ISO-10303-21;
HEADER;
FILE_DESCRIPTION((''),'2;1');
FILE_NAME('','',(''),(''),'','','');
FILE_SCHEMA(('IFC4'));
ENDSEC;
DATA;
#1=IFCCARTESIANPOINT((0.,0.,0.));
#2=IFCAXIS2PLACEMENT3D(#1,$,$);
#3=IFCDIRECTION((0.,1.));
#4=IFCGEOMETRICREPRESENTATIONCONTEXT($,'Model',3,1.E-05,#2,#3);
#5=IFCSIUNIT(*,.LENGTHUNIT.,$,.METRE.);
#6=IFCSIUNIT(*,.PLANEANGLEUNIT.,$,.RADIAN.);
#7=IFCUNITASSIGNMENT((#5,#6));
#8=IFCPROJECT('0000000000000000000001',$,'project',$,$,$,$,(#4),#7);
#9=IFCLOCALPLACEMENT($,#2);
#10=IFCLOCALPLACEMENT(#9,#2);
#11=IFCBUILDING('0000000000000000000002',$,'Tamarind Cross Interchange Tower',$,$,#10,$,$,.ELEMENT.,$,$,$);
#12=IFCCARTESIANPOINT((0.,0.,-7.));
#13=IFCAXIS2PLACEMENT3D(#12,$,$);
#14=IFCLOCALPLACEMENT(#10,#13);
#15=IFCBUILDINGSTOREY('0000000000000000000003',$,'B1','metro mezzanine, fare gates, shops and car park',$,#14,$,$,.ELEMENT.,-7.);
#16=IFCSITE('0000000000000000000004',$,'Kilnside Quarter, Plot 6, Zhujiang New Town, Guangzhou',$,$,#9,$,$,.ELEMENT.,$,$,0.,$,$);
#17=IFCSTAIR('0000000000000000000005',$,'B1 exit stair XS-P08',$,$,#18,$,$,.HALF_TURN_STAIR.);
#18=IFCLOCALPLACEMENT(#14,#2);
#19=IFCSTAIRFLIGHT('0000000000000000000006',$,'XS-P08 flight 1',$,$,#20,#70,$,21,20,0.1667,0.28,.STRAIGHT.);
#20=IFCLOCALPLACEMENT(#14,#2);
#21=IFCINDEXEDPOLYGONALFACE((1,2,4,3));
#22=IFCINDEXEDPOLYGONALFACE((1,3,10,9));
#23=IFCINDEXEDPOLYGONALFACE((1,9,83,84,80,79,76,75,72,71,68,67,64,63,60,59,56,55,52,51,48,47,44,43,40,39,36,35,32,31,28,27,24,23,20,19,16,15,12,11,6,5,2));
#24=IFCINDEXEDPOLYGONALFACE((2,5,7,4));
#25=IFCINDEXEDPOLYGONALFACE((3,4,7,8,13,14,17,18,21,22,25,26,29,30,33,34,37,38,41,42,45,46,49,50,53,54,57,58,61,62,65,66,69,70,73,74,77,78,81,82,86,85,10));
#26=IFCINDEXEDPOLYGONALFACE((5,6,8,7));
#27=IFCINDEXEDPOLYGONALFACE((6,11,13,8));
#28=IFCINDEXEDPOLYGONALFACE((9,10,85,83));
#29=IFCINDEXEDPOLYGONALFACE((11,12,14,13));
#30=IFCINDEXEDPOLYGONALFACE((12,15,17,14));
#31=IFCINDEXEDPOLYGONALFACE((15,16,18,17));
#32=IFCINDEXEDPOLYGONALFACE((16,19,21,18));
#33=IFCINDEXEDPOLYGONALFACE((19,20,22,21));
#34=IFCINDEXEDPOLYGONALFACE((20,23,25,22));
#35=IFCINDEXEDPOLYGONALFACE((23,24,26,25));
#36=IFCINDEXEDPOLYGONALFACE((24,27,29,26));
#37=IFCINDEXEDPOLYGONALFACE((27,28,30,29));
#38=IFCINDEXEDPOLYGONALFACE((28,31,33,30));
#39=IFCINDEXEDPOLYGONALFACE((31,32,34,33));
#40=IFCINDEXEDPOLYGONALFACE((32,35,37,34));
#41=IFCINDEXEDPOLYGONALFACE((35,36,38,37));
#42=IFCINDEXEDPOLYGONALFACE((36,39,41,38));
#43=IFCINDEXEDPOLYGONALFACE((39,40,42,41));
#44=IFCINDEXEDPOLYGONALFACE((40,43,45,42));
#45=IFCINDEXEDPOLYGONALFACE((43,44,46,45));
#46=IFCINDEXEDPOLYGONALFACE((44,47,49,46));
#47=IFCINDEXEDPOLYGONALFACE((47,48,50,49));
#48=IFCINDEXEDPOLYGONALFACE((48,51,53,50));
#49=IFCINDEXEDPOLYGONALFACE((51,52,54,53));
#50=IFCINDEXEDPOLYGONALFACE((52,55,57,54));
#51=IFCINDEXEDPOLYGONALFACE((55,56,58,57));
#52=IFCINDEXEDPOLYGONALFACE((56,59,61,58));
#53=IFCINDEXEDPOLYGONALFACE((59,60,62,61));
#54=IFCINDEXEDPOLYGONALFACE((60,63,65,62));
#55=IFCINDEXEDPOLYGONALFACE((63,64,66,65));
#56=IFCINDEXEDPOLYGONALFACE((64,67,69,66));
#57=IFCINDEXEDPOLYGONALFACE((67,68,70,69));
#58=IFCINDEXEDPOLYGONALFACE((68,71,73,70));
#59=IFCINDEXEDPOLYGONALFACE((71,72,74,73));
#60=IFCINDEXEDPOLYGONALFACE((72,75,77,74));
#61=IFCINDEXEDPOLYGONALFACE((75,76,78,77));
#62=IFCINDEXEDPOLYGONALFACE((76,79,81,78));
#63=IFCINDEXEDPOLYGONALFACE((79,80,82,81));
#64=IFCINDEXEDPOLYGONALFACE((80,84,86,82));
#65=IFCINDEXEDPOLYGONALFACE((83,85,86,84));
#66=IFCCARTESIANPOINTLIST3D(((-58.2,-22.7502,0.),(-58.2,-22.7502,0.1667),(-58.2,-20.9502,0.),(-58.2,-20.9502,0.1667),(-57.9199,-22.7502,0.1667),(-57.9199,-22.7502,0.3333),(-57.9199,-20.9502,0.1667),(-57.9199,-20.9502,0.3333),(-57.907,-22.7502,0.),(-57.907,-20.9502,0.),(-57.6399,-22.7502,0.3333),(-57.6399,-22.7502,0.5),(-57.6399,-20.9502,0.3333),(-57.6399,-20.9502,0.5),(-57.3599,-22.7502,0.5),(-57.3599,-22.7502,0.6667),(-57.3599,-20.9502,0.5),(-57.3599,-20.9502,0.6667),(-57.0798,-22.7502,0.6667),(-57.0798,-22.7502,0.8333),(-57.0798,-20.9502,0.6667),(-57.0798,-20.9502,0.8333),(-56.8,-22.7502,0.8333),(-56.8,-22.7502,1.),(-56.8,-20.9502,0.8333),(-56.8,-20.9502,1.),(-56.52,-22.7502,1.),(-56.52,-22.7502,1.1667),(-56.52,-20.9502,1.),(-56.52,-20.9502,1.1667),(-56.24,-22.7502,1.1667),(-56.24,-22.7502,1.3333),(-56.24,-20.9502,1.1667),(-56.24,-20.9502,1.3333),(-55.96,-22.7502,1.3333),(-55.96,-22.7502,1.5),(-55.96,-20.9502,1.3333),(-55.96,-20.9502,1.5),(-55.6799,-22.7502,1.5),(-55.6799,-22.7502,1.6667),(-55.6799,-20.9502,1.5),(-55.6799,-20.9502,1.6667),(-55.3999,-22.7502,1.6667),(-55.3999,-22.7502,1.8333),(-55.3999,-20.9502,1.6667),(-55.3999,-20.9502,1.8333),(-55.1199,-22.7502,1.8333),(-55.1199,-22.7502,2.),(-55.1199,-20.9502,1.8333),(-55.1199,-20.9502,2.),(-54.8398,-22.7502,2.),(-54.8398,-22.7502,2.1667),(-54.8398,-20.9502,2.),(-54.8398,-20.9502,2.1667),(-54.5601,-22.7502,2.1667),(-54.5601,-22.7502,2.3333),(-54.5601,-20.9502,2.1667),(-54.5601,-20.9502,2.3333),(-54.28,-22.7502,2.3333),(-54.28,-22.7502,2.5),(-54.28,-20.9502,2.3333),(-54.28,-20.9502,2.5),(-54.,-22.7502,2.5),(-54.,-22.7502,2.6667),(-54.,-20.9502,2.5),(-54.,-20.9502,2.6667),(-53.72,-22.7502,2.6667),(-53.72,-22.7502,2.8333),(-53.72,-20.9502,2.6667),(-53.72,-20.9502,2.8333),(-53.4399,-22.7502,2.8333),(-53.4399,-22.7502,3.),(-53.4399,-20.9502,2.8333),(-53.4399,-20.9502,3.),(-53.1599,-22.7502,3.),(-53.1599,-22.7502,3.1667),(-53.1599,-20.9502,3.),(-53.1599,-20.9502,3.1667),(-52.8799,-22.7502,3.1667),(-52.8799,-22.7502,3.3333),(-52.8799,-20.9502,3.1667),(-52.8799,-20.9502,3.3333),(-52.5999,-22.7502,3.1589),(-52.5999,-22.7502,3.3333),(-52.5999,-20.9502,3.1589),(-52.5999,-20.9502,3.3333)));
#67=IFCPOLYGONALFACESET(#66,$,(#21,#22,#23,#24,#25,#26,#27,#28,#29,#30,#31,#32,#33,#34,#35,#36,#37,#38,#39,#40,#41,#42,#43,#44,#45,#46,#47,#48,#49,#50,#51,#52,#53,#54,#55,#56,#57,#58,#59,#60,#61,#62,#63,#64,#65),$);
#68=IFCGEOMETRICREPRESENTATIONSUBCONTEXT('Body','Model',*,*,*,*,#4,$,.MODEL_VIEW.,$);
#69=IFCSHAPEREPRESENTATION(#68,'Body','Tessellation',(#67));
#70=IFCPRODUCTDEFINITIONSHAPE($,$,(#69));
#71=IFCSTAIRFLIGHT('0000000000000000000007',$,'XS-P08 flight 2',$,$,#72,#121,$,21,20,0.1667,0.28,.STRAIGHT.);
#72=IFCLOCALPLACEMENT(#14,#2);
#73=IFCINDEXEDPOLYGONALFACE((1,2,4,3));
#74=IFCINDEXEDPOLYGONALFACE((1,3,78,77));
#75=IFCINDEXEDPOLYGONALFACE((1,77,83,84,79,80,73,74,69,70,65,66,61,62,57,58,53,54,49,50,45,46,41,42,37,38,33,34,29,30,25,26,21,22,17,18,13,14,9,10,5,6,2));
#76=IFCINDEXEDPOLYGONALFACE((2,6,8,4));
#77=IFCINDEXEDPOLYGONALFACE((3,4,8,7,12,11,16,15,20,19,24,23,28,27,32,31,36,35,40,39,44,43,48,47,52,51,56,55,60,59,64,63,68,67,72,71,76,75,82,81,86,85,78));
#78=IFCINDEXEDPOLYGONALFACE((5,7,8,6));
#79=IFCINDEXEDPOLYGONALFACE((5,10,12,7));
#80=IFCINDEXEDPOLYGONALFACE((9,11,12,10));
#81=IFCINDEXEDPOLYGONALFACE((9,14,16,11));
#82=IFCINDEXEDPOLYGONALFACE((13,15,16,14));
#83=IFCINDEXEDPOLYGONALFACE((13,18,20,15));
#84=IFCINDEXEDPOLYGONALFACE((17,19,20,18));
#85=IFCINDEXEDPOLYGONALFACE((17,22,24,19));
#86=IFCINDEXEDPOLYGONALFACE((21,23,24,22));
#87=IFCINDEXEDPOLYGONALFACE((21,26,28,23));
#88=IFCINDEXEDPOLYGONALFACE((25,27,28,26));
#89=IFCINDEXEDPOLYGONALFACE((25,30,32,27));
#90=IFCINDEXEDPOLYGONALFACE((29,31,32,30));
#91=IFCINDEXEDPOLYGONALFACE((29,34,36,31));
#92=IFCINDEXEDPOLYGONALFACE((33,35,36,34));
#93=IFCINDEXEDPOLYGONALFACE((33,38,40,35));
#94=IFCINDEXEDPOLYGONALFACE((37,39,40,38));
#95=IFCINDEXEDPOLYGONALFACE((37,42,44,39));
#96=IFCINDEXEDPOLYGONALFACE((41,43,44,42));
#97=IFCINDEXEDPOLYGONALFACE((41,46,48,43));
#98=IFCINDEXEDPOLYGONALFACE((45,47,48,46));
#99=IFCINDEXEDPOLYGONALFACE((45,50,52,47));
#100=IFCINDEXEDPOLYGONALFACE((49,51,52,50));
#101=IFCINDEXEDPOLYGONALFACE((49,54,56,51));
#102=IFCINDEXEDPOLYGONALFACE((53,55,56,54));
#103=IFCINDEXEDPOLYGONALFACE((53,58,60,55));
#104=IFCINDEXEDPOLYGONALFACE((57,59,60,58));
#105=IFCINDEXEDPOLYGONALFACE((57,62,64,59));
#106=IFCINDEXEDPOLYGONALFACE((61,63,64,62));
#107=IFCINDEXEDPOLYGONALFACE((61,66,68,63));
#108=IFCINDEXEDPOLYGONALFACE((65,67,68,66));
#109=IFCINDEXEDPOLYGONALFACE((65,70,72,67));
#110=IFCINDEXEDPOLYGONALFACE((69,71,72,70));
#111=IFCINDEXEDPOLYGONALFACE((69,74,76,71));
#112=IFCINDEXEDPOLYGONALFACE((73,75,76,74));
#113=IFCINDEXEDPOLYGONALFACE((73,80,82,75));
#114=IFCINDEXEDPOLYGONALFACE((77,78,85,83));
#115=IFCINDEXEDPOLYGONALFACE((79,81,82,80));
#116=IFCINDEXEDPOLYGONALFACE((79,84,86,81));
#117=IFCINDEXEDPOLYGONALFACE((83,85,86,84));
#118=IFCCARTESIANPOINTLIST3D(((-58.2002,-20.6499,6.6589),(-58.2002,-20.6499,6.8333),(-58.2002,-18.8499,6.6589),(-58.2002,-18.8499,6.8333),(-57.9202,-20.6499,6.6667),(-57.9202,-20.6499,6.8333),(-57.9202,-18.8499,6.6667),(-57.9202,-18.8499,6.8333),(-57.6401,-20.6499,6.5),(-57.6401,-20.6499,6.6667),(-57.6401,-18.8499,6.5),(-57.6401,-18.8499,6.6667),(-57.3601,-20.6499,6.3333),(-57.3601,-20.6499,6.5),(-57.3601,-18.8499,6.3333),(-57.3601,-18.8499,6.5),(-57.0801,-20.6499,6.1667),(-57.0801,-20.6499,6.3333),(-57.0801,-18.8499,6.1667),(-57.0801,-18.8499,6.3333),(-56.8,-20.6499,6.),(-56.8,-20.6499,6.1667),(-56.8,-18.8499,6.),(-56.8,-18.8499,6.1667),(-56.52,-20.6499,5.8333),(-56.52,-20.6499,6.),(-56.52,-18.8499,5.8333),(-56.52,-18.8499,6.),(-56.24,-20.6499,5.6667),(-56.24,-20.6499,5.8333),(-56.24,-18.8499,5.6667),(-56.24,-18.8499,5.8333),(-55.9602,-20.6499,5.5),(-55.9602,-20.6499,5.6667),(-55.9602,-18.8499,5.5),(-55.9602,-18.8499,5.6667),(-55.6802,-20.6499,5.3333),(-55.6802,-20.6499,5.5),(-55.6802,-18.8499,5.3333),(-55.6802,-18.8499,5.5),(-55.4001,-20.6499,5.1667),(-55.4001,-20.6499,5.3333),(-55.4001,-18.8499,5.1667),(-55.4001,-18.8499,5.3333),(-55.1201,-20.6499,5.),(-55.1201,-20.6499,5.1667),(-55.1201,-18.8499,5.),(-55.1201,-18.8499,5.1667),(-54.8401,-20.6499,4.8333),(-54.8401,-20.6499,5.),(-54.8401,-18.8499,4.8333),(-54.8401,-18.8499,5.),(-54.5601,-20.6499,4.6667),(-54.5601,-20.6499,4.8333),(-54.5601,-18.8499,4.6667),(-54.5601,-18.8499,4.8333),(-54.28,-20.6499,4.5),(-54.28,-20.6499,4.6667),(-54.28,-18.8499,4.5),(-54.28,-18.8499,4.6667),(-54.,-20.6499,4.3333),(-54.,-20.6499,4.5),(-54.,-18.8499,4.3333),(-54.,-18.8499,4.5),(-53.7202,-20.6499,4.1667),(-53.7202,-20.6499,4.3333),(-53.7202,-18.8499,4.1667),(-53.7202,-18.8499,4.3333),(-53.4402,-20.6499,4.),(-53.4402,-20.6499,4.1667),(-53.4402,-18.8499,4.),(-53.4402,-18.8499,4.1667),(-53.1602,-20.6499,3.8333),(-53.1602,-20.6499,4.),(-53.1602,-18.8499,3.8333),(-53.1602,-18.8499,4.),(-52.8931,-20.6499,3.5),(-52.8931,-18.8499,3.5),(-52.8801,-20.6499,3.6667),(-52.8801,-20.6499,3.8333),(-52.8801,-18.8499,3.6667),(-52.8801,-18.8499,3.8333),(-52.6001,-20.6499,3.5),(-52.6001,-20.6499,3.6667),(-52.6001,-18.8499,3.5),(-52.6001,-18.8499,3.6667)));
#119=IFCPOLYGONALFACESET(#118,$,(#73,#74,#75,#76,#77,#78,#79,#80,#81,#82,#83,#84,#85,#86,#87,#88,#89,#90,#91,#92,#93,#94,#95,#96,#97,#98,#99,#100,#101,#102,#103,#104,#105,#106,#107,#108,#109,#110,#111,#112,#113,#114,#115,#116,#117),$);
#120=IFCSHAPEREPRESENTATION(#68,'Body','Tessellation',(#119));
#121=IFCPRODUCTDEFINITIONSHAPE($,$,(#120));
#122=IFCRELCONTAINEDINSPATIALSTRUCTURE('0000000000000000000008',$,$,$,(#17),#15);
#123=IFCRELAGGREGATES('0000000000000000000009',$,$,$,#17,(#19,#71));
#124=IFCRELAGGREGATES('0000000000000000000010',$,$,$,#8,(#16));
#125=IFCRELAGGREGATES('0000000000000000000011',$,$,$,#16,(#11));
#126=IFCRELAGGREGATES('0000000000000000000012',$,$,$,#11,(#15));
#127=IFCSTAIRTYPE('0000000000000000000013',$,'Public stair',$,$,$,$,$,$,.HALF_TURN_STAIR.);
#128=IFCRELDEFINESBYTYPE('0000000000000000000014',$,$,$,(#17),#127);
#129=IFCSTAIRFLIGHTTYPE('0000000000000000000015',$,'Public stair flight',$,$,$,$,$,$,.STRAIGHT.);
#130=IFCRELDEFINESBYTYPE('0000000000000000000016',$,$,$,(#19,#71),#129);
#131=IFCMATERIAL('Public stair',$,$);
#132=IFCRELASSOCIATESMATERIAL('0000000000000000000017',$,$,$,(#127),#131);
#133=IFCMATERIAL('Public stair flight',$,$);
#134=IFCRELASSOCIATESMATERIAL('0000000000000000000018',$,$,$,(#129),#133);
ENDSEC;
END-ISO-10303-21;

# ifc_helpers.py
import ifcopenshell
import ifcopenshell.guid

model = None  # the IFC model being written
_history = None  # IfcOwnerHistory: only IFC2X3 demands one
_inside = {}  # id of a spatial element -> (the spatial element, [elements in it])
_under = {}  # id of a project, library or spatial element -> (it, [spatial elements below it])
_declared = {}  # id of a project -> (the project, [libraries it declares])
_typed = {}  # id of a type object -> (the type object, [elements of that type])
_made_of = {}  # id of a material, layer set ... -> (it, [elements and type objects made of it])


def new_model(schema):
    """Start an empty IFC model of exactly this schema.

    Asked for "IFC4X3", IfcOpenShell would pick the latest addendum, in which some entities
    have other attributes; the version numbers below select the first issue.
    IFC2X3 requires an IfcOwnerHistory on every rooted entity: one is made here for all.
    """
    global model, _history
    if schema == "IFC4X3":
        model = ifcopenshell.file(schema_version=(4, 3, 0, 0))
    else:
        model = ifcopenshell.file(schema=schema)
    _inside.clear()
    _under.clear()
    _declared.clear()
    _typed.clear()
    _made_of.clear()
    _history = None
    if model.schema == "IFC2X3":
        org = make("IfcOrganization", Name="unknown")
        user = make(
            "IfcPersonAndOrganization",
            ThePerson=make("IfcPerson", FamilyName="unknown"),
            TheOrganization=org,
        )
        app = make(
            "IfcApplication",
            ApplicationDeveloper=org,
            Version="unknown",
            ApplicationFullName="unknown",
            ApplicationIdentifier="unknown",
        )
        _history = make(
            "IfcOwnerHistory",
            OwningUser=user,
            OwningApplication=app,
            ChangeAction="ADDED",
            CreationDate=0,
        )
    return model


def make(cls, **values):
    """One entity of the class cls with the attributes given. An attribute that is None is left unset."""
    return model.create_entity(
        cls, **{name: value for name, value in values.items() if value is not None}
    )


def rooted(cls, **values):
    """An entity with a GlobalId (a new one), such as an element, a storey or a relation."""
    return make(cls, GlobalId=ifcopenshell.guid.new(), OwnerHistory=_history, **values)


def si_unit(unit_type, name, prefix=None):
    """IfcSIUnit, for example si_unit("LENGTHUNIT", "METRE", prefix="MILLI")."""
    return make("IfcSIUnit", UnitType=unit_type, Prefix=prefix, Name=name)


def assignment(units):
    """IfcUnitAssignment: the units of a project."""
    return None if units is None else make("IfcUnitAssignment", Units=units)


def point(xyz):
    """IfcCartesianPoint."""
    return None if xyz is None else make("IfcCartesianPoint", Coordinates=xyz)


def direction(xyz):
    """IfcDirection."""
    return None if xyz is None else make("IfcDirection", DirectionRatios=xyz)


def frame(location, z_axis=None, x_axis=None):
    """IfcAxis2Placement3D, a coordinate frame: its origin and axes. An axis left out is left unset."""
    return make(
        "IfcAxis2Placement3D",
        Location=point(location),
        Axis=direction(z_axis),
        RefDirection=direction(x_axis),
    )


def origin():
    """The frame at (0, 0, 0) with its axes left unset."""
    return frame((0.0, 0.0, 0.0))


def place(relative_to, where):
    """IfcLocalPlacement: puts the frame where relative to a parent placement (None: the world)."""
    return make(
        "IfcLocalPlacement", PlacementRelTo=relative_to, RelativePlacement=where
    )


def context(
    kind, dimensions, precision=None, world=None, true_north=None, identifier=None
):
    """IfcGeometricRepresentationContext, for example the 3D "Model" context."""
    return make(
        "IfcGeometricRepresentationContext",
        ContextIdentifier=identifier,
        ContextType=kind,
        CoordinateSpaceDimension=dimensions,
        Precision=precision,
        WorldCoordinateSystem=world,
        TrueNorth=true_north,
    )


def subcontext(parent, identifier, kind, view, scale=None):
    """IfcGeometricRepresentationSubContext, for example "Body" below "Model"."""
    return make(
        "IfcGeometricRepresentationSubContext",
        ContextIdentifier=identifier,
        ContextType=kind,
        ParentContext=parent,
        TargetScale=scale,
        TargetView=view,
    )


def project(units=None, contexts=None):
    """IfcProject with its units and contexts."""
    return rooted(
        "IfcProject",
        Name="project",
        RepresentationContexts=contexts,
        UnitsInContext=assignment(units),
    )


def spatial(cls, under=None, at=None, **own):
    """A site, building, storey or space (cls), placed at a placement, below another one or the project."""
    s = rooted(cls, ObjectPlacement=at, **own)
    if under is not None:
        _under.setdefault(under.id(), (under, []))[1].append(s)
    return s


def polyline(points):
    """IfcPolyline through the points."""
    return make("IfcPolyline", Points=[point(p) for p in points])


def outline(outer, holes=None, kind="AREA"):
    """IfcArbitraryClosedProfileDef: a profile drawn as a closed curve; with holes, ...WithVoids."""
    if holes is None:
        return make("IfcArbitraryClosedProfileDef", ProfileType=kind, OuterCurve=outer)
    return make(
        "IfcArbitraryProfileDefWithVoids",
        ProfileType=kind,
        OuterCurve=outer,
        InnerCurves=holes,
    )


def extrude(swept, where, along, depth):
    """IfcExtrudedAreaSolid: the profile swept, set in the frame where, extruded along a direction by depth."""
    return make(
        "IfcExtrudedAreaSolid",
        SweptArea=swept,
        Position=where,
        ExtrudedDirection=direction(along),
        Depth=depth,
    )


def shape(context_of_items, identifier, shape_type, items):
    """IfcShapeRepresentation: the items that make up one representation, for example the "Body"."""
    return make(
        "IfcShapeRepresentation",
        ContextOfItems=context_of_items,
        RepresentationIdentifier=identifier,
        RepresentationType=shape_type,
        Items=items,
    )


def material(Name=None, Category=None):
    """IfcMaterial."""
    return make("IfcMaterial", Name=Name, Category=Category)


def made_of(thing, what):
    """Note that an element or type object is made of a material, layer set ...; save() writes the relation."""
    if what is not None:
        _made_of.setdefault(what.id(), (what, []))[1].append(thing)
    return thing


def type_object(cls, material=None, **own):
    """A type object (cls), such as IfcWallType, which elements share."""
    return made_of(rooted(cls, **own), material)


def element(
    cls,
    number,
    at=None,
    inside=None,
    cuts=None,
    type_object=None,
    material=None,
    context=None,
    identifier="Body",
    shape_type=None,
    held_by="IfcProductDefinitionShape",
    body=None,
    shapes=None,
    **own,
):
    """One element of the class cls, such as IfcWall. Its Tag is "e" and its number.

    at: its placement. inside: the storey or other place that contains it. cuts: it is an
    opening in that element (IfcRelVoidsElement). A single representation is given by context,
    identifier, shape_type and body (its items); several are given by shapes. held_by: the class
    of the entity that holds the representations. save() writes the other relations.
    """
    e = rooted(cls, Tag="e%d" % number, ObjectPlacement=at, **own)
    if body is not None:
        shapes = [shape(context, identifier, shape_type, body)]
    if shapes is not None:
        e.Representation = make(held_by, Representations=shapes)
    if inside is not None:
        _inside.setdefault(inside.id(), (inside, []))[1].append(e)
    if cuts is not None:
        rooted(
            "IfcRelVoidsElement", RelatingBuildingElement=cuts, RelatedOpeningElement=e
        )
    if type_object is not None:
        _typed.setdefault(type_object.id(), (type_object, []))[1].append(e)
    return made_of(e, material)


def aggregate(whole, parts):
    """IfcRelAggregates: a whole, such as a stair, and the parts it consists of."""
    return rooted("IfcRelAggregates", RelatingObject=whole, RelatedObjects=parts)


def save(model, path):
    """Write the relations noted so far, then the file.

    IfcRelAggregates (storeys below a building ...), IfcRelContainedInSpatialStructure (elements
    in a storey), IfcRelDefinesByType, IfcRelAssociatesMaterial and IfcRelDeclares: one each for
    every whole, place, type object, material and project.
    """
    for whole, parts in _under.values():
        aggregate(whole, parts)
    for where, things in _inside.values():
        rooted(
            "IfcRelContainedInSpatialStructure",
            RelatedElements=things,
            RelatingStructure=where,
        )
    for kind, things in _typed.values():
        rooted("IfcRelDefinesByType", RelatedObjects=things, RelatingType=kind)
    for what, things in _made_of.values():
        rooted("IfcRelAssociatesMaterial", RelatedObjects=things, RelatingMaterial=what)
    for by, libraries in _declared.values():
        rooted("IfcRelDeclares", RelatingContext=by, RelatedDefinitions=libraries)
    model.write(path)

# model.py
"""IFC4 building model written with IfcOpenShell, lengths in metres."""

from ifc_helpers import new_model, si_unit, direction, frame, origin, place, context, subcontext, project, spatial, polyline, outline, extrude, material, type_object, element, aggregate, save


model = new_model("IFC4")

# Units and contexts
model_context = context("Model", 3, precision=1e-05, world=origin(), true_north=direction((0.0, 1.0)))
body_context = subcontext(model_context, "Body", "Model", "MODEL_VIEW")
ifc_project = project(units=[si_unit("LENGTHUNIT", "METRE"), si_unit("PLANEANGLEUNIT", "RADIAN")], contexts=[model_context])

# Site, building, storey
site_placement = place(None, origin())
site = spatial("IfcSite", under=ifc_project, at=site_placement, Name="Kilnside Quarter, Plot 6, Zhujiang New Town, Guangzhou", CompositionType="ELEMENT", RefElevation=0.0)
building_placement = place(site_placement, origin())
building = spatial("IfcBuilding", under=site, at=building_placement, Name="Tamarind Cross Interchange Tower", CompositionType="ELEMENT")
storey_placement = place(building_placement, frame((0.0, 0.0, -7.0)))
storey = spatial("IfcBuildingStorey", under=building, at=storey_placement, Name="B1", Description="metro mezzanine, fare gates, shops and car park", CompositionType="ELEMENT", Elevation=-7.0)

# Stair, stair flights
ifc_material_1 = material(Name="Public stair")
stair_type = type_object("IfcStairType", Name="Public stair", PredefinedType="HALF_TURN_STAIR", material=ifc_material_1)
stair_placement = place(storey_placement, origin())
stair = element("IfcStair", 1, at=stair_placement, inside=storey, type_object=stair_type, Name="B1 exit stair XS-P08", PredefinedType="HALF_TURN_STAIR")
ifc_material_2 = material(Name="Public stair flight")
stair_flight_type = type_object("IfcStairFlightType", Name="Public stair flight", PredefinedType="STRAIGHT", material=ifc_material_2)
stair_flight_1_placement = place(storey_placement, frame((-58.2, -21.8501, 0.0), z_axis=(0.0, 0.0, 1.0), x_axis=(1.0, 0.0, 0.0)))
stair_flight_1 = element("IfcStairFlight", 2, at=stair_flight_1_placement, type_object=stair_flight_type, Name="XS-P08 flight 1", NumberOfRisers=21, NumberOfTreads=20, PredefinedType="STRAIGHT", RiserHeight=0.1667, TreadLength=0.28, context=body_context, shape_type="SweptSolid", body=[
    extrude(outline(polyline([(0.0, 0.0), (0.0, 0.1667), (0.28, 0.1667), (0.28, 0.3333), (0.5601, 0.3333), (0.5601, 0.5), (0.8401, 0.5), (0.8401, 0.6667), (1.1201, 0.6667), (1.1201, 0.8333), (1.3999, 0.8333), (1.3999, 1.0), (1.6799, 1.0), (1.6799, 1.1667), (1.96, 1.1667), (1.96, 1.3333), (2.24, 1.3333), (2.24, 1.5), (2.52, 1.5), (2.52, 1.6667), (2.8, 1.6667), (2.8, 1.8333), (3.0801, 1.8333), (3.0801, 2.0), (3.3601, 2.0), (3.3601, 2.1667), (3.6399, 2.1667), (3.6399, 2.3333), (3.9199, 2.3333), (3.9199, 2.5), (4.2, 2.5), (4.2, 2.6667), (4.48, 2.6667), (4.48, 2.8333), (4.76, 2.8333), (4.76, 3.0), (5.04, 3.0), (5.04, 3.1667), (5.3201, 3.1667), (5.3201, 3.3333), (5.6001, 3.3333), (5.6001, 3.5), (5.6001, 3.1589), (0.293, 0.0), (0.0, 0.0)])), frame((0.0, 0.8999, 0.0), z_axis=(0.0, -1.0, 0.0), x_axis=(1.0, 0.0, 0.0)), (0.0, 0.0, 1.0), 1.8),
])
stair_flight_2_placement = place(storey_placement, frame((-52.6001, -19.75, 3.5), z_axis=(0.0, 0.0, 1.0), x_axis=(-1.0, 0.0, 0.0)))
stair_flight_2 = element("IfcStairFlight", 3, at=stair_flight_2_placement, type_object=stair_flight_type, Name="XS-P08 flight 2", NumberOfRisers=21, NumberOfTreads=20, PredefinedType="STRAIGHT", RiserHeight=0.1667, TreadLength=0.28, context=body_context, shape_type="SweptSolid", body=[
    extrude(outline(polyline([(0.0, 0.0), (0.0, 0.1667), (0.28, 0.1667), (0.28, 0.3333), (0.5601, 0.3333), (0.5601, 0.5), (0.8401, 0.5), (0.8401, 0.6667), (1.1201, 0.6667), (1.1201, 0.8333), (1.3999, 0.8333), (1.3999, 1.0), (1.6799, 1.0), (1.6799, 1.1667), (1.96, 1.1667), (1.96, 1.3333), (2.24, 1.3333), (2.24, 1.5), (2.52, 1.5), (2.52, 1.6667), (2.8, 1.6667), (2.8, 1.8333), (3.0801, 1.8333), (3.0801, 2.0), (3.3601, 2.0), (3.3601, 2.1667), (3.6399, 2.1667), (3.6399, 2.3333), (3.9199, 2.3333), (3.9199, 2.5), (4.2, 2.5), (4.2, 2.6667), (4.48, 2.6667), (4.48, 2.8333), (4.76, 2.8333), (4.76, 3.0), (5.04, 3.0), (5.04, 3.1667), (5.3201, 3.1667), (5.3201, 3.3333), (5.6001, 3.3333), (5.6001, 3.5), (5.6001, 3.1589), (0.293, 0.0), (0.0, 0.0)])), frame((0.0, 0.8999, 0.0), z_axis=(0.0, -1.0, 0.0), x_axis=(1.0, 0.0, 0.0)), (0.0, 0.0, 1.0), 1.8),
])
aggregate(stair, [stair_flight_1, stair_flight_2])

save(model, "model.ifc")
